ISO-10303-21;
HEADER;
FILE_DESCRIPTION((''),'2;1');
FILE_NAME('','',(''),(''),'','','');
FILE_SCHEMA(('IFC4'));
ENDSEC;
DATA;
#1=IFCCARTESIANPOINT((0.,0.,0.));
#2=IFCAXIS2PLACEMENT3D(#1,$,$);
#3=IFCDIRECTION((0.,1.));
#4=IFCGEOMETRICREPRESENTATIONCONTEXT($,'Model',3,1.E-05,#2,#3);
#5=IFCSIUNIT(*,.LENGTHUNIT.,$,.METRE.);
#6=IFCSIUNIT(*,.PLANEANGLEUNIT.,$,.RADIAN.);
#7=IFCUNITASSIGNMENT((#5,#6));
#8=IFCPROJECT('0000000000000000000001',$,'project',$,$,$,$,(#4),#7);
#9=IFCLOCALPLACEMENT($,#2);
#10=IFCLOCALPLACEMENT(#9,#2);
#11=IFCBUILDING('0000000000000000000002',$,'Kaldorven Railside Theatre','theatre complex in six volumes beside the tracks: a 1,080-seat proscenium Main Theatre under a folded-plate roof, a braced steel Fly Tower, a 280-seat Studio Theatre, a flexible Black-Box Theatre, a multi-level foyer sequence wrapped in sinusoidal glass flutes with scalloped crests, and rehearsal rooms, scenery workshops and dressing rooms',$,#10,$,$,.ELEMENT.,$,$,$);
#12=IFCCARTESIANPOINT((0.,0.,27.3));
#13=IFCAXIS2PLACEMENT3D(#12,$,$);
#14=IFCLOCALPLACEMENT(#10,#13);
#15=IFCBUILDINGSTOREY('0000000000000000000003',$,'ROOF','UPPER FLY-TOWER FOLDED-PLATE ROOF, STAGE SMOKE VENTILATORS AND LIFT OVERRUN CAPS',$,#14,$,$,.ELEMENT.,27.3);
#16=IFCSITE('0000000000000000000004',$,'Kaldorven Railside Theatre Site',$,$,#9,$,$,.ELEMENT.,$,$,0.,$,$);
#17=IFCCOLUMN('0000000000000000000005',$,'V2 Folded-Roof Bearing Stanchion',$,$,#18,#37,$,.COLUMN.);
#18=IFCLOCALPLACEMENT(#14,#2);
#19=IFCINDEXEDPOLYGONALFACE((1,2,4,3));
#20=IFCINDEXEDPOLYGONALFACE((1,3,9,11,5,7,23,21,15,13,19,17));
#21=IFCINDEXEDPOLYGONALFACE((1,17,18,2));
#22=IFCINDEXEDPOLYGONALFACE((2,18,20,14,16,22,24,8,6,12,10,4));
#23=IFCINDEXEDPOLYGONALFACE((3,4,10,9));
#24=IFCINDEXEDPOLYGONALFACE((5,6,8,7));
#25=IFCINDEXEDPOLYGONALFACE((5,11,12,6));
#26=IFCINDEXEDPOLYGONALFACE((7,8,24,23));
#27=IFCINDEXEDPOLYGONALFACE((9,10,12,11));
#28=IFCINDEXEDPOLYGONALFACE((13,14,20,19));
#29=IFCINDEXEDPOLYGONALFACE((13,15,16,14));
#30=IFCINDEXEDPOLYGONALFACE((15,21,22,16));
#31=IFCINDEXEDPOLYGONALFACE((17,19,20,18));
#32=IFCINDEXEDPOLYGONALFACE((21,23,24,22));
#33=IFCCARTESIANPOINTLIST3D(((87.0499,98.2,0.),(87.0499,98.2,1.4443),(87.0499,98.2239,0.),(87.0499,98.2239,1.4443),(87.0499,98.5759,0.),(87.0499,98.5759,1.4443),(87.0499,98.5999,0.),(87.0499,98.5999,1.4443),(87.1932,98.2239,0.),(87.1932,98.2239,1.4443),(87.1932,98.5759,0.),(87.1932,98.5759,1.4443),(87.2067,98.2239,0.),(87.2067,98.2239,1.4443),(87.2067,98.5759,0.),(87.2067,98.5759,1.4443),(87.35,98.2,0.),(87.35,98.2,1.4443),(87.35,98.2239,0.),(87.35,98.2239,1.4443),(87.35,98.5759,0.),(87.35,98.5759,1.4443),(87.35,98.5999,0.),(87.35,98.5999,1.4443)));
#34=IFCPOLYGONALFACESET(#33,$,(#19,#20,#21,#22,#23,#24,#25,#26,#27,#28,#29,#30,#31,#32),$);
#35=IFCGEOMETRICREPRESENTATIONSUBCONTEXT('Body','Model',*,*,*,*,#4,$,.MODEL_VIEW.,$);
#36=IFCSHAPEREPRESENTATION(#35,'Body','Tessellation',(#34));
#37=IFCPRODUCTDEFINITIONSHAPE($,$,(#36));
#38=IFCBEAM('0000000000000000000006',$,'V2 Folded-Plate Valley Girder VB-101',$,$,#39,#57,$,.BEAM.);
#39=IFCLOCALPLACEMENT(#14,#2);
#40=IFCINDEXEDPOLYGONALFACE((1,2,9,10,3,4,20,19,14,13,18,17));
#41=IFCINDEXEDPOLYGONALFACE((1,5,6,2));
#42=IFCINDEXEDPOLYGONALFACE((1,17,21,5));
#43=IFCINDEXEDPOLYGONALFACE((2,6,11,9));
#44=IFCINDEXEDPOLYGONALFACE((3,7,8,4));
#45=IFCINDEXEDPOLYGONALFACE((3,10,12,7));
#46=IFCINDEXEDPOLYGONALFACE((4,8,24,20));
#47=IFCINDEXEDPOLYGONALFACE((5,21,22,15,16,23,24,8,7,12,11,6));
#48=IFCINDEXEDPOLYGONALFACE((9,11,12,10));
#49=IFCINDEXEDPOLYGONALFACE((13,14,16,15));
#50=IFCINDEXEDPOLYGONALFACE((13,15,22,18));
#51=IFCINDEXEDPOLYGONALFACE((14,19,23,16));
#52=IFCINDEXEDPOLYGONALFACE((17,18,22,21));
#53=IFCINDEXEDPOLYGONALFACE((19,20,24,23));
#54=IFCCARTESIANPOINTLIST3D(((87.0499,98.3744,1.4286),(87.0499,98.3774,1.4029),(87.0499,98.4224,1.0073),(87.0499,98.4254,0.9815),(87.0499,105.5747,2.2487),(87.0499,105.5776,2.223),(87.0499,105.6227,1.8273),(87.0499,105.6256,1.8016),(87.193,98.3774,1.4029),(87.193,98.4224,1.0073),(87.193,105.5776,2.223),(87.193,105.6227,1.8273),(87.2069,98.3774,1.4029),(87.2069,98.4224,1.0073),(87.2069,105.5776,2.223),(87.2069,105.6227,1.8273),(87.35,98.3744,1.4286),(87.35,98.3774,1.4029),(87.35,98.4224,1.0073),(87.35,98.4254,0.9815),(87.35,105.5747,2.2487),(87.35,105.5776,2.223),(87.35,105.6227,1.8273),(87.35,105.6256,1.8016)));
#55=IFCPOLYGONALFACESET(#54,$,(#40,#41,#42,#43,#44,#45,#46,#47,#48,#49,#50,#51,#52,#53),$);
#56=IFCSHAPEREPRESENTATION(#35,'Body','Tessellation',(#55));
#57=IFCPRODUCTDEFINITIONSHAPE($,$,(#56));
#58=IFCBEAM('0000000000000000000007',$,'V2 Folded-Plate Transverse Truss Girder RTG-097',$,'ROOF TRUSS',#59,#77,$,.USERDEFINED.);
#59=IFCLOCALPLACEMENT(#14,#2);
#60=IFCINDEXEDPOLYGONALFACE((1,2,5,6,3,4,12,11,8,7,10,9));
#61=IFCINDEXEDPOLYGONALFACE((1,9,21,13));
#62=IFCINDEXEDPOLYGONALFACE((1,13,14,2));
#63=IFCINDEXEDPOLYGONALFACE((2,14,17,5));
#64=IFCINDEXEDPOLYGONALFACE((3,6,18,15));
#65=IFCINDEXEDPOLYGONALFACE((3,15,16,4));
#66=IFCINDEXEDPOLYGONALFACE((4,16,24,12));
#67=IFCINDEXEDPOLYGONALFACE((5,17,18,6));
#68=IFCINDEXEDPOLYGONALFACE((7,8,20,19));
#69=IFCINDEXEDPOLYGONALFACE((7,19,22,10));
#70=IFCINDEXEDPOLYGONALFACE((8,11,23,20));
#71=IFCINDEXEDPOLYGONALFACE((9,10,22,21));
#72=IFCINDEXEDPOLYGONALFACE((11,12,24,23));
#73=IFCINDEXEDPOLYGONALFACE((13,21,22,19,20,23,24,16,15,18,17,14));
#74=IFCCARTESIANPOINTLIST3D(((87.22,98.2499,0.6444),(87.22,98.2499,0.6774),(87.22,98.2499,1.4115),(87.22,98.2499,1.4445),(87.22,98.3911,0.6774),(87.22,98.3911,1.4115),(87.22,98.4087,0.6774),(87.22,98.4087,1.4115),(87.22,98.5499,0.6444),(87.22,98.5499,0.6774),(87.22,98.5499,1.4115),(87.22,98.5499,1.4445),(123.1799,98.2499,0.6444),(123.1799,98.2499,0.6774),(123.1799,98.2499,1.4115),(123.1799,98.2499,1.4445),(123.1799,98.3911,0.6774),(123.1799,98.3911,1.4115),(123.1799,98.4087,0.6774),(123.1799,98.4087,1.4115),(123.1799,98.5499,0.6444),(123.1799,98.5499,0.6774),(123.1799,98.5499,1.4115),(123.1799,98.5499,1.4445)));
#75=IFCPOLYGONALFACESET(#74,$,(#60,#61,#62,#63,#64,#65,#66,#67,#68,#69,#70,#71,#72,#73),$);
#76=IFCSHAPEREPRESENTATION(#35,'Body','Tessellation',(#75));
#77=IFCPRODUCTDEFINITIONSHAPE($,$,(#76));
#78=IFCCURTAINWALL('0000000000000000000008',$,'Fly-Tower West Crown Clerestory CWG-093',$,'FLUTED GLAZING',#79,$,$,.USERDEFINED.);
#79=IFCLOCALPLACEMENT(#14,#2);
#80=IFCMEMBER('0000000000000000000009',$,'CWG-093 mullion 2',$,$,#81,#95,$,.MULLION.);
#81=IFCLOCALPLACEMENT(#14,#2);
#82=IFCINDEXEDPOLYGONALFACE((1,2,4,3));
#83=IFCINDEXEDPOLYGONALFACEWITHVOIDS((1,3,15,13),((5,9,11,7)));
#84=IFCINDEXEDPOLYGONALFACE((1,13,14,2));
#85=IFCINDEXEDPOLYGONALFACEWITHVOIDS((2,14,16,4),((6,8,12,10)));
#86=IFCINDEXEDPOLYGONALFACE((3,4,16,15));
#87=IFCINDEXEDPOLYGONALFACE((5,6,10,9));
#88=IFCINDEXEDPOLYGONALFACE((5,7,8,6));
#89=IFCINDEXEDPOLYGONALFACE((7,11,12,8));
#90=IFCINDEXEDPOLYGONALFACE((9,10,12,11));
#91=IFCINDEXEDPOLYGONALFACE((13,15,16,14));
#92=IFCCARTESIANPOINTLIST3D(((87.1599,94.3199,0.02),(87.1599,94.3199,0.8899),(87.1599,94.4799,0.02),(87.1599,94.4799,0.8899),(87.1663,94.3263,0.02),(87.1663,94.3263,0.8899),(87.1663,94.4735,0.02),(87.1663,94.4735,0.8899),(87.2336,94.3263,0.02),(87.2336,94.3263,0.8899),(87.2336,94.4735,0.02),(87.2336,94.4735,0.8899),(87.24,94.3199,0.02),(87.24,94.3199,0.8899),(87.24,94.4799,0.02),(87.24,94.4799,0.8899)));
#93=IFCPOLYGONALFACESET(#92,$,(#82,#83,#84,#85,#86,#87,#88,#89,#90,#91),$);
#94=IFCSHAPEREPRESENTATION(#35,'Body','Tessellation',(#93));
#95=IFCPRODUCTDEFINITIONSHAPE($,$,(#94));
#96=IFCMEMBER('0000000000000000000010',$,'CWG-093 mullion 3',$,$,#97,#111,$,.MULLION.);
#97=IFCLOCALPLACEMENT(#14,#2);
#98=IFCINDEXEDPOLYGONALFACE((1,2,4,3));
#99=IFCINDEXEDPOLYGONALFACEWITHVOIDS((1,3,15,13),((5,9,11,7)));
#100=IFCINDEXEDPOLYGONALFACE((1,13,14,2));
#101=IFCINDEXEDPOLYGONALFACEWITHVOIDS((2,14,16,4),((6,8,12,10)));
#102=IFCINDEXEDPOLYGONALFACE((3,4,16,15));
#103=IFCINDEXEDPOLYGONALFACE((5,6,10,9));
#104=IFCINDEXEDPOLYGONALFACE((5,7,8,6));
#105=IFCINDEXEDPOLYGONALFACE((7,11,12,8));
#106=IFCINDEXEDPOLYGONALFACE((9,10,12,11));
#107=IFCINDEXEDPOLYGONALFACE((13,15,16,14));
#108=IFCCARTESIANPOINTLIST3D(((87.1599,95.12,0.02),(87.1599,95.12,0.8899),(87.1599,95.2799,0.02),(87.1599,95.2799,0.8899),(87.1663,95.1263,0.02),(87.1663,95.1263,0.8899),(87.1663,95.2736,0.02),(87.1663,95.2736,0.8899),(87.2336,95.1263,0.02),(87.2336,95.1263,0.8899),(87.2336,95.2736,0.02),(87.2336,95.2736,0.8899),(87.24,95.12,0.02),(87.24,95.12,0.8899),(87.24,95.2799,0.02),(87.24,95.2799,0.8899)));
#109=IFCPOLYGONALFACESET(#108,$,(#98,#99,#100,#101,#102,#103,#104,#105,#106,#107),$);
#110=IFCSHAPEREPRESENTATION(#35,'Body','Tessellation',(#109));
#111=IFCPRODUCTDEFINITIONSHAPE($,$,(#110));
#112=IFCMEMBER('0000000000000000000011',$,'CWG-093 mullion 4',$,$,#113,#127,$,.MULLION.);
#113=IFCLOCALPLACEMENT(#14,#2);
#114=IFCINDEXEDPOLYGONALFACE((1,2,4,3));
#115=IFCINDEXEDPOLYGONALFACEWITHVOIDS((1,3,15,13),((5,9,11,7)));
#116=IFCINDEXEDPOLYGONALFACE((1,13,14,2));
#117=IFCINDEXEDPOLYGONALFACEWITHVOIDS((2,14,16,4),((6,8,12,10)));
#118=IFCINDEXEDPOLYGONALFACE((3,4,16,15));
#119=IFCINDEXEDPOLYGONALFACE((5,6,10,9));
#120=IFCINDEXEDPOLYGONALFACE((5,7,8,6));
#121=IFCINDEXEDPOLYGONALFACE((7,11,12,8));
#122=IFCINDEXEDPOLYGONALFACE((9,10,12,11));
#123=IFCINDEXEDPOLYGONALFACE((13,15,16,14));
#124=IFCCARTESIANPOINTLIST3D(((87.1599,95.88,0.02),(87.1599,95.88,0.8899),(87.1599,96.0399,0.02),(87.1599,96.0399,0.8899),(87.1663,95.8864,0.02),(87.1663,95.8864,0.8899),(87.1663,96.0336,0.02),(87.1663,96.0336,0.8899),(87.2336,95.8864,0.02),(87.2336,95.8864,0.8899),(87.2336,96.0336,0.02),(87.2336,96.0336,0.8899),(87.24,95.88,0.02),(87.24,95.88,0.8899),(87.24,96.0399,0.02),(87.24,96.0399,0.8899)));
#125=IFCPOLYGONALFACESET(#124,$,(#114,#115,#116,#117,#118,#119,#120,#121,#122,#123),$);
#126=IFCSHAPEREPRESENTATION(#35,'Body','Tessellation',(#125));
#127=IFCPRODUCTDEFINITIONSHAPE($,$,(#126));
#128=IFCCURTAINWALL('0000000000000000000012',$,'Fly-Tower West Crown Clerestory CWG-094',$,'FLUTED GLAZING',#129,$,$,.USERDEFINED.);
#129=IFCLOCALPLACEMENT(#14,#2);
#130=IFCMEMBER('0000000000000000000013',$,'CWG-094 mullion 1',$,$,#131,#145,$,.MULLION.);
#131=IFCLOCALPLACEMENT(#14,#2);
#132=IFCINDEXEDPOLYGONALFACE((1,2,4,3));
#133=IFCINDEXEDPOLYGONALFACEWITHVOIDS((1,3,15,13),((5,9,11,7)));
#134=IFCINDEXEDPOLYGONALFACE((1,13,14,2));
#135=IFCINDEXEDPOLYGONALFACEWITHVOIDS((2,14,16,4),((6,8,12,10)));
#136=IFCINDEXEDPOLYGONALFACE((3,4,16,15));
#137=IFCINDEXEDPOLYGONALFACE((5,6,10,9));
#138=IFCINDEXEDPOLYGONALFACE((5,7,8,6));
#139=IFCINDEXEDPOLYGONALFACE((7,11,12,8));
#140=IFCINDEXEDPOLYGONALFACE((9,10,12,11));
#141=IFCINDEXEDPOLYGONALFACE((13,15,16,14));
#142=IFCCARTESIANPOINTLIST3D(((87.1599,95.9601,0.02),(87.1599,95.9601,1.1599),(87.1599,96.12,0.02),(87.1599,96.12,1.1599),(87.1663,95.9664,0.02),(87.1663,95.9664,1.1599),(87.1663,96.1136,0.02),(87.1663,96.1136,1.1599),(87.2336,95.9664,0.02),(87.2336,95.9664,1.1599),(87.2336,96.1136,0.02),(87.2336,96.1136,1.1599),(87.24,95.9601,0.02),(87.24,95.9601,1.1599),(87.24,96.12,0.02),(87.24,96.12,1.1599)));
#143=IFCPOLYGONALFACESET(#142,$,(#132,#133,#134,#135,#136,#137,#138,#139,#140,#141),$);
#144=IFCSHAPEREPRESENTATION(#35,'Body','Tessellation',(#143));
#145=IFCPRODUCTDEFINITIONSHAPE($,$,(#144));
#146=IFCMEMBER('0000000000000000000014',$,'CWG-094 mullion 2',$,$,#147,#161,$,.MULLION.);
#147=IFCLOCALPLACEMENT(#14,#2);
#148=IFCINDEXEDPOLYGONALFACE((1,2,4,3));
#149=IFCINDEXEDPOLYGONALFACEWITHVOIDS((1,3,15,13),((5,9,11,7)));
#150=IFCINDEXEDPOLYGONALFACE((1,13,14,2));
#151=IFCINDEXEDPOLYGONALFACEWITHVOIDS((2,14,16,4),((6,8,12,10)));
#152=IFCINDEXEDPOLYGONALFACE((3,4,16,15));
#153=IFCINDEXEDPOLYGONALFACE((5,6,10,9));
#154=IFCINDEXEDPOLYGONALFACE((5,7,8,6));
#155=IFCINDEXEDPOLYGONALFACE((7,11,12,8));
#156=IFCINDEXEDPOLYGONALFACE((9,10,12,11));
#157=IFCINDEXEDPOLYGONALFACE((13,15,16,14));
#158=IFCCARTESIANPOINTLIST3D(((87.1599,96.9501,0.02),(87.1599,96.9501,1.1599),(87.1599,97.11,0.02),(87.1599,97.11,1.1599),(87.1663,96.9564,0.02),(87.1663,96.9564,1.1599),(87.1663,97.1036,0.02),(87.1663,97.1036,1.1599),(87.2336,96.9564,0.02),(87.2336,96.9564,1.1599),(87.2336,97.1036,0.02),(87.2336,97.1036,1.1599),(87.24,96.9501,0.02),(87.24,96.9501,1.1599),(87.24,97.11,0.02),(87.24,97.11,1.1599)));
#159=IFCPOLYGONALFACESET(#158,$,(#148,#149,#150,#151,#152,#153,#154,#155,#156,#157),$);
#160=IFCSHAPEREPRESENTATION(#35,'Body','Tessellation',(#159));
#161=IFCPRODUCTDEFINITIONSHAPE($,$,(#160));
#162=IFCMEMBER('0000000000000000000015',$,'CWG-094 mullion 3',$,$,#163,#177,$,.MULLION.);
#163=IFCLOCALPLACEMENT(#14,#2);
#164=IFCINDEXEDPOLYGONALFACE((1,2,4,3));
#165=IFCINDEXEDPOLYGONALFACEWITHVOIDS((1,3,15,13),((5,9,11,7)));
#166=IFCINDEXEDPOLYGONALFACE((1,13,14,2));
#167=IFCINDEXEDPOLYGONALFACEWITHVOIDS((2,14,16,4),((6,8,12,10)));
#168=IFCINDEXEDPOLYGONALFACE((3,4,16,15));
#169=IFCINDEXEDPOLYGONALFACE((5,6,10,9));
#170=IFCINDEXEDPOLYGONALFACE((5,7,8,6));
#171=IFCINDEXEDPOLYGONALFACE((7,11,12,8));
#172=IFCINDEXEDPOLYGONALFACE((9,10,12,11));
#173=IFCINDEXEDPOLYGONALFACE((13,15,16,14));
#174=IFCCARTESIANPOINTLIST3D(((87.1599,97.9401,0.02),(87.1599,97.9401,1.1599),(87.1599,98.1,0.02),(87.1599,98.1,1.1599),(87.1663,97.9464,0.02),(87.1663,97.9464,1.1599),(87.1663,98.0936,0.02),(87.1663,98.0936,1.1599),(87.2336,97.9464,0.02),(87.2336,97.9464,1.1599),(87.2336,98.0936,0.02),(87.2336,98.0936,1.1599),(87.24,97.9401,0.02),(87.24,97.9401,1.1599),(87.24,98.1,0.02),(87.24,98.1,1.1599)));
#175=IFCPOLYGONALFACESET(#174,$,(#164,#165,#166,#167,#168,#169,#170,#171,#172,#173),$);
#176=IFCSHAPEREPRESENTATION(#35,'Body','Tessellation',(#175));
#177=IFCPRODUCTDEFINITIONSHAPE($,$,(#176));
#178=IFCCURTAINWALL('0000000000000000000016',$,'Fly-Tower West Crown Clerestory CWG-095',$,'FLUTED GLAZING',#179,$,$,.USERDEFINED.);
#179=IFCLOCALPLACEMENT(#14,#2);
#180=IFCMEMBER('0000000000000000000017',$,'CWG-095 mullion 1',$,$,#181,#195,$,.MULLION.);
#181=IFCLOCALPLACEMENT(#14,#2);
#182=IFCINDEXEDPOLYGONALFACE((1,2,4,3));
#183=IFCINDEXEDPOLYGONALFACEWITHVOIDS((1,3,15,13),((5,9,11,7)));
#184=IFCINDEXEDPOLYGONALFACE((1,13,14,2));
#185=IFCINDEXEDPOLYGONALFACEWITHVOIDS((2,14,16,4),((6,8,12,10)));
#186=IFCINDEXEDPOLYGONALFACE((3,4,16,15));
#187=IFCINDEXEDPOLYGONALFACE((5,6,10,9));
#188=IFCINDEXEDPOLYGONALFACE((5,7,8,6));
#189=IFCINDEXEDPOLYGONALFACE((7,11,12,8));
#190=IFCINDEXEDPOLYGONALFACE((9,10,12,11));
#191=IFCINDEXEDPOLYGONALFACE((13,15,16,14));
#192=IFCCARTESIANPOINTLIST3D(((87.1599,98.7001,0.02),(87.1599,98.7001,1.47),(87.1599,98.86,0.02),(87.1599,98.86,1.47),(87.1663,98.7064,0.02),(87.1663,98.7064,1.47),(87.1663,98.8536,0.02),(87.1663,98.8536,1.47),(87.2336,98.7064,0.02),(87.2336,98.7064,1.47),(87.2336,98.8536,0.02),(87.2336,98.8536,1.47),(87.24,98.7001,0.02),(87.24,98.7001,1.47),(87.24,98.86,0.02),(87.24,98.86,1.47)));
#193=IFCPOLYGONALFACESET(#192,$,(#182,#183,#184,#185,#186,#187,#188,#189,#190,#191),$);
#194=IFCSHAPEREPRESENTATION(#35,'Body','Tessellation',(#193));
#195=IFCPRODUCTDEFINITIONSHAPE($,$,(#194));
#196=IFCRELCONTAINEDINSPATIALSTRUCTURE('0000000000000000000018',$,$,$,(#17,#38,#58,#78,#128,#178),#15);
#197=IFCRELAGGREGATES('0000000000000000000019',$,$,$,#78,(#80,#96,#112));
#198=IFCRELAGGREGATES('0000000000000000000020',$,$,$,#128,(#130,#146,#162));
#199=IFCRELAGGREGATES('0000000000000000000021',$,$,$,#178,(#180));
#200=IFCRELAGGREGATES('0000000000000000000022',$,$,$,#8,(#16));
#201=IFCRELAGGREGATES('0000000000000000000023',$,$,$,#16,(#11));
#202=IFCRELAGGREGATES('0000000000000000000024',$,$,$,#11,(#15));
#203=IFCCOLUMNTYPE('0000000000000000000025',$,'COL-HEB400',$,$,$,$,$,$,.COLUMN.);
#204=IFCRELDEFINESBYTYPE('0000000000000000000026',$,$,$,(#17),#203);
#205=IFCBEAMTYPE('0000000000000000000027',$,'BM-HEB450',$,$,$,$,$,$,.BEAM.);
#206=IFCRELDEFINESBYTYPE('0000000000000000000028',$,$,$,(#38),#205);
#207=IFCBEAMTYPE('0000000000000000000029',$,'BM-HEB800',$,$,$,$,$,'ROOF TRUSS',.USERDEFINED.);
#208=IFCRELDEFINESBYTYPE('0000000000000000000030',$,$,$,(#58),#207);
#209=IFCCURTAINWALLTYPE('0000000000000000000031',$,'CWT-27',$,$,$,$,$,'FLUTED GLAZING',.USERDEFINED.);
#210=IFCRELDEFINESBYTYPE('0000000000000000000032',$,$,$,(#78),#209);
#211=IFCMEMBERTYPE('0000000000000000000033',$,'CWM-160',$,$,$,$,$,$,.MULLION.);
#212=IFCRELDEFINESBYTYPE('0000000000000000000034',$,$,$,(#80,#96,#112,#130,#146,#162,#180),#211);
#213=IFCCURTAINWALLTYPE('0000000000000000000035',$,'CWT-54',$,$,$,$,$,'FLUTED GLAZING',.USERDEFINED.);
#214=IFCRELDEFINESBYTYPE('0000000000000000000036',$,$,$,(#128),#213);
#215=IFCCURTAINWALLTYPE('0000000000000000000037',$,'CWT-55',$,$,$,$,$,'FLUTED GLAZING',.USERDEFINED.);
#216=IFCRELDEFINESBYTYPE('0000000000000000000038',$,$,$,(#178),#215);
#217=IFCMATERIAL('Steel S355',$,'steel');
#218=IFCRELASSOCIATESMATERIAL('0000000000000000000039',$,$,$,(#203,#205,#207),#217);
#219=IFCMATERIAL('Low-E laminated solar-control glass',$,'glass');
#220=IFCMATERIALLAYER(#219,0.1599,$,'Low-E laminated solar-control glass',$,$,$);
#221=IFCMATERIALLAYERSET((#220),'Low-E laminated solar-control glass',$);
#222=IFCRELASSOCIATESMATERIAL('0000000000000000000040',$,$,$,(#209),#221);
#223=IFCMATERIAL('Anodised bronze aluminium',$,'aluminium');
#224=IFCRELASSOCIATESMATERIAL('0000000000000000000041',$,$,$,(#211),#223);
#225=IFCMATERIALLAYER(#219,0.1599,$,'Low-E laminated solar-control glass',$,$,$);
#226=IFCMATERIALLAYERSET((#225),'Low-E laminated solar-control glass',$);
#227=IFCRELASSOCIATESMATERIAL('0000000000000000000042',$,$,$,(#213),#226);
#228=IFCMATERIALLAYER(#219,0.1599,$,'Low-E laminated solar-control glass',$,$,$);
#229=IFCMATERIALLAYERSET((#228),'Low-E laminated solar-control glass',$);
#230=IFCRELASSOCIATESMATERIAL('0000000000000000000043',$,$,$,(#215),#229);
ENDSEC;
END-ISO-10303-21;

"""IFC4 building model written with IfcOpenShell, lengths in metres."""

from ifc_helpers import new_model, si_unit, direction, frame, origin, origin_2d, place, context, subcontext, project, spatial, hollow_rectangle, i_section, extrude, material, layer, layer_set, material_profile, profile_set, type_object, element, aggregate, save


model = new_model("IFC4")

# Units and contexts
model_context = context("Model", 3, precision=1e-05, world=origin(), true_north=direction((0.0, 1.0)))
body_context = subcontext(model_context, "Body", "Model", "MODEL_VIEW")
ifc_project = project(units=[si_unit("LENGTHUNIT", "METRE"), si_unit("PLANEANGLEUNIT", "RADIAN")], contexts=[model_context])

# Site, building, storey
site_placement = place(None, origin())
site = spatial("IfcSite", under=ifc_project, at=site_placement, Name="Kaldorven Railside Theatre Site", CompositionType="ELEMENT", RefElevation=0.0)
building_placement = place(site_placement, origin())
building = spatial("IfcBuilding", under=site, at=building_placement, Name="Kaldorven Railside Theatre", Description="theatre complex in six volumes beside the tracks: a 1,080-seat proscenium Main Theatre under a folded-plate roof, a braced steel Fly Tower, a 280-seat Studio Theatre, a flexible Black-Box Theatre, a multi-level foyer sequence wrapped in sinusoidal glass flutes with scalloped crests, and rehearsal rooms, scenery workshops and dressing rooms", CompositionType="ELEMENT")
storey_placement = place(building_placement, frame((0.0, 0.0, 27.3)))
storey = spatial("IfcBuildingStorey", under=building, at=storey_placement, Name="ROOF", Description="UPPER FLY-TOWER FOLDED-PLATE ROOF, STAGE SMOKE VENTILATORS AND LIFT OVERRUN CAPS", CompositionType="ELEMENT", Elevation=27.3)

# Column
ifc_material_1 = material(Name="Steel S355", Category="steel")
ifc_material_profile_1 = material_profile(ifc_material_1, i_section(OverallWidth=0.3, OverallDepth=0.3999, WebThickness=0.0134, FlangeThickness=0.0239, at=origin_2d()), Name="HEB 400")
ifc_profile_set_1 = profile_set([ifc_material_profile_1], Name="Steel S355")
column_type = type_object("IfcColumnType", Name="COL-HEB400", PredefinedType="COLUMN", material=ifc_profile_set_1)
column_placement = place(storey_placement, frame((87.2, 98.3999, 0.0), z_axis=(0.0, 0.0, 1.0), x_axis=(1.0, 0.0, 0.0)))
element("IfcColumn", 1, at=column_placement, inside=storey, type_object=column_type, Name="V2 Folded-Roof Bearing Stanchion", PredefinedType="COLUMN", context=body_context, shape_type="SweptSolid", body=[
    extrude(i_section(OverallWidth=0.3, OverallDepth=0.3999, WebThickness=0.0134, FlangeThickness=0.0239, at=origin_2d()), origin(), (0.0, 0.0, 1.0), 1.4443),
])

# Beams
ifc_material_profile_2 = material_profile(ifc_material_1, i_section(OverallWidth=0.3, OverallDepth=0.45, WebThickness=0.0139, FlangeThickness=0.0259, at=origin_2d()), Name="HEB 450")
ifc_profile_set_2 = profile_set([ifc_material_profile_2], Name="Steel S355")
beam_type_1 = type_object("IfcBeamType", Name="BM-HEB450", PredefinedType="BEAM", material=ifc_profile_set_2)
beam_1_placement = place(storey_placement, frame((87.2, 98.3999, 1.2051), z_axis=(0.0, 0.993576, 0.113164), x_axis=(-1.0, 0.0, 0.0)))
element("IfcBeam", 2, at=beam_1_placement, inside=storey, type_object=beam_type_1, Name="V2 Folded-Plate Valley Girder VB-101", PredefinedType="BEAM", context=body_context, shape_type="SweptSolid", body=[
    extrude(i_section(OverallWidth=0.3, OverallDepth=0.45, WebThickness=0.0139, FlangeThickness=0.0259, at=origin_2d()), origin(), (0.0, 0.0, 1.0), 7.2468),
])
ifc_material_profile_3 = material_profile(ifc_material_1, i_section(OverallWidth=0.3, OverallDepth=0.8, WebThickness=0.0176, FlangeThickness=0.033, at=origin_2d()), Name="HEB 800")
ifc_profile_set_3 = profile_set([ifc_material_profile_3], Name="Steel S355")
beam_type_2 = type_object("IfcBeamType", Name="BM-HEB800", ElementType="ROOF TRUSS", PredefinedType="USERDEFINED", material=ifc_profile_set_3)
beam_2_placement = place(storey_placement, frame((87.22, 98.3999, 1.0444), z_axis=(1.0, 0.0, 0.0), x_axis=(0.0, 1.0, 0.0)))
element("IfcBeam", 3, at=beam_2_placement, inside=storey, type_object=beam_type_2, Name="V2 Folded-Plate Transverse Truss Girder RTG-097", ObjectType="ROOF TRUSS", PredefinedType="USERDEFINED", context=body_context, shape_type="SweptSolid", body=[
    extrude(i_section(OverallWidth=0.3, OverallDepth=0.8, WebThickness=0.0176, FlangeThickness=0.033, at=origin_2d()), origin(), (0.0, 0.0, 1.0), 35.96),
])

# Curtain walls, members
ifc_material_2 = material(Name="Low-E laminated solar-control glass", Category="glass")
ifc_layer_1 = layer(ifc_material_2, 0.1599, Name="Low-E laminated solar-control glass")
ifc_layer_set_1 = layer_set([ifc_layer_1], Name="Low-E laminated solar-control glass")
curtain_wall_type_1 = type_object("IfcCurtainWallType", Name="CWT-27", ElementType="FLUTED GLAZING", PredefinedType="USERDEFINED", material=ifc_layer_set_1)
curtain_wall_1_placement = place(storey_placement, origin())
curtain_wall_1 = element("IfcCurtainWall", 4, at=curtain_wall_1_placement, inside=storey, type_object=curtain_wall_type_1, Name="Fly-Tower West Crown Clerestory CWG-093", ObjectType="FLUTED GLAZING", PredefinedType="USERDEFINED")
ifc_material_3 = material(Name="Anodised bronze aluminium", Category="aluminium")
ifc_material_profile_4 = material_profile(ifc_material_3, hollow_rectangle(XDim=0.0801, YDim=0.1599, WallThickness=0.0063, at=origin_2d()), Name="RHS 160x80x6.3")
ifc_profile_set_4 = profile_set([ifc_material_profile_4], Name="Anodised bronze aluminium")
member_type_1 = type_object("IfcMemberType", Name="CWM-160", PredefinedType="MULLION", material=ifc_profile_set_4)
member_1_placement = place(storey_placement, frame((87.2, 94.3999, 0.02), z_axis=(0.0, 0.0, 1.0), x_axis=(-1.0, 0.0, 0.0)))
member_1 = element("IfcMember", 5, at=member_1_placement, type_object=member_type_1, Name="CWG-093 mullion 2", PredefinedType="MULLION", context=body_context, shape_type="SweptSolid", body=[
    extrude(hollow_rectangle(XDim=0.0801, YDim=0.1599, WallThickness=0.0063, at=origin_2d()), origin(), (0.0, 0.0, 1.0), 0.8699),
])
member_2_placement = place(storey_placement, frame((87.2, 95.2, 0.02), z_axis=(0.0, 0.0, 1.0), x_axis=(-1.0, 0.0, 0.0)))
member_2 = element("IfcMember", 6, at=member_2_placement, type_object=member_type_1, Name="CWG-093 mullion 3", PredefinedType="MULLION", context=body_context, shape_type="SweptSolid", body=[
    extrude(hollow_rectangle(XDim=0.0801, YDim=0.1599, WallThickness=0.0063, at=origin_2d()), origin(), (0.0, 0.0, 1.0), 0.8699),
])
member_3_placement = place(storey_placement, frame((87.2, 95.96, 0.02), z_axis=(0.0, 0.0, 1.0), x_axis=(-1.0, 0.0, 0.0)))
member_3 = element("IfcMember", 7, at=member_3_placement, type_object=member_type_1, Name="CWG-093 mullion 4", PredefinedType="MULLION", context=body_context, shape_type="SweptSolid", body=[
    extrude(hollow_rectangle(XDim=0.0801, YDim=0.1599, WallThickness=0.0063, at=origin_2d()), origin(), (0.0, 0.0, 1.0), 0.8699),
])
ifc_layer_2 = layer(ifc_material_2, 0.1599, Name="Low-E laminated solar-control glass")
ifc_layer_set_2 = layer_set([ifc_layer_2], Name="Low-E laminated solar-control glass")
curtain_wall_type_2 = type_object("IfcCurtainWallType", Name="CWT-54", ElementType="FLUTED GLAZING", PredefinedType="USERDEFINED", material=ifc_layer_set_2)
curtain_wall_2_placement = place(storey_placement, origin())
curtain_wall_2 = element("IfcCurtainWall", 8, at=curtain_wall_2_placement, inside=storey, type_object=curtain_wall_type_2, Name="Fly-Tower West Crown Clerestory CWG-094", ObjectType="FLUTED GLAZING", PredefinedType="USERDEFINED")
member_4_placement = place(storey_placement, frame((87.2, 96.04, 0.02), z_axis=(0.0, 0.0, 1.0), x_axis=(-1.0, 0.0, 0.0)))
member_4 = element("IfcMember", 9, at=member_4_placement, type_object=member_type_1, Name="CWG-094 mullion 1", PredefinedType="MULLION", context=body_context, shape_type="SweptSolid", body=[
    extrude(hollow_rectangle(XDim=0.0801, YDim=0.1599, WallThickness=0.0063, at=origin_2d()), origin(), (0.0, 0.0, 1.0), 1.1399),
])
member_5_placement = place(storey_placement, frame((87.2, 97.03, 0.02), z_axis=(0.0, 0.0, 1.0), x_axis=(-1.0, 0.0, 0.0)))
member_5 = element("IfcMember", 10, at=member_5_placement, type_object=member_type_1, Name="CWG-094 mullion 2", PredefinedType="MULLION", context=body_context, shape_type="SweptSolid", body=[
    extrude(hollow_rectangle(XDim=0.0801, YDim=0.1599, WallThickness=0.0063, at=origin_2d()), origin(), (0.0, 0.0, 1.0), 1.1399),
])
member_6_placement = place(storey_placement, frame((87.2, 98.02, 0.02), z_axis=(0.0, 0.0, 1.0), x_axis=(-1.0, 0.0, 0.0)))
member_6 = element("IfcMember", 11, at=member_6_placement, type_object=member_type_1, Name="CWG-094 mullion 3", PredefinedType="MULLION", context=body_context, shape_type="SweptSolid", body=[
    extrude(hollow_rectangle(XDim=0.0801, YDim=0.1599, WallThickness=0.0063, at=origin_2d()), origin(), (0.0, 0.0, 1.0), 1.1399),
])

# Curtain wall, member
ifc_layer_3 = layer(ifc_material_2, 0.1599, Name="Low-E laminated solar-control glass")
ifc_layer_set_3 = layer_set([ifc_layer_3], Name="Low-E laminated solar-control glass")
curtain_wall_type_3 = type_object("IfcCurtainWallType", Name="CWT-55", ElementType="FLUTED GLAZING", PredefinedType="USERDEFINED", material=ifc_layer_set_3)
curtain_wall_3_placement = place(storey_placement, origin())
curtain_wall_3 = element("IfcCurtainWall", 12, at=curtain_wall_3_placement, inside=storey, type_object=curtain_wall_type_3, Name="Fly-Tower West Crown Clerestory CWG-095", ObjectType="FLUTED GLAZING", PredefinedType="USERDEFINED")
member_7_placement = place(storey_placement, frame((87.2, 98.78, 0.02), z_axis=(0.0, 0.0, 1.0), x_axis=(-1.0, 0.0, 0.0)))
member_7 = element("IfcMember", 13, at=member_7_placement, type_object=member_type_1, Name="CWG-095 mullion 1", PredefinedType="MULLION", context=body_context, shape_type="SweptSolid", body=[
    extrude(hollow_rectangle(XDim=0.0801, YDim=0.1599, WallThickness=0.0063, at=origin_2d()), origin(), (0.0, 0.0, 1.0), 1.45),
])

aggregate(curtain_wall_1, [member_1, member_2, member_3])
aggregate(curtain_wall_2, [member_4, member_5, member_6])
aggregate(curtain_wall_3, [member_7])

save(model, "model.ifc")
